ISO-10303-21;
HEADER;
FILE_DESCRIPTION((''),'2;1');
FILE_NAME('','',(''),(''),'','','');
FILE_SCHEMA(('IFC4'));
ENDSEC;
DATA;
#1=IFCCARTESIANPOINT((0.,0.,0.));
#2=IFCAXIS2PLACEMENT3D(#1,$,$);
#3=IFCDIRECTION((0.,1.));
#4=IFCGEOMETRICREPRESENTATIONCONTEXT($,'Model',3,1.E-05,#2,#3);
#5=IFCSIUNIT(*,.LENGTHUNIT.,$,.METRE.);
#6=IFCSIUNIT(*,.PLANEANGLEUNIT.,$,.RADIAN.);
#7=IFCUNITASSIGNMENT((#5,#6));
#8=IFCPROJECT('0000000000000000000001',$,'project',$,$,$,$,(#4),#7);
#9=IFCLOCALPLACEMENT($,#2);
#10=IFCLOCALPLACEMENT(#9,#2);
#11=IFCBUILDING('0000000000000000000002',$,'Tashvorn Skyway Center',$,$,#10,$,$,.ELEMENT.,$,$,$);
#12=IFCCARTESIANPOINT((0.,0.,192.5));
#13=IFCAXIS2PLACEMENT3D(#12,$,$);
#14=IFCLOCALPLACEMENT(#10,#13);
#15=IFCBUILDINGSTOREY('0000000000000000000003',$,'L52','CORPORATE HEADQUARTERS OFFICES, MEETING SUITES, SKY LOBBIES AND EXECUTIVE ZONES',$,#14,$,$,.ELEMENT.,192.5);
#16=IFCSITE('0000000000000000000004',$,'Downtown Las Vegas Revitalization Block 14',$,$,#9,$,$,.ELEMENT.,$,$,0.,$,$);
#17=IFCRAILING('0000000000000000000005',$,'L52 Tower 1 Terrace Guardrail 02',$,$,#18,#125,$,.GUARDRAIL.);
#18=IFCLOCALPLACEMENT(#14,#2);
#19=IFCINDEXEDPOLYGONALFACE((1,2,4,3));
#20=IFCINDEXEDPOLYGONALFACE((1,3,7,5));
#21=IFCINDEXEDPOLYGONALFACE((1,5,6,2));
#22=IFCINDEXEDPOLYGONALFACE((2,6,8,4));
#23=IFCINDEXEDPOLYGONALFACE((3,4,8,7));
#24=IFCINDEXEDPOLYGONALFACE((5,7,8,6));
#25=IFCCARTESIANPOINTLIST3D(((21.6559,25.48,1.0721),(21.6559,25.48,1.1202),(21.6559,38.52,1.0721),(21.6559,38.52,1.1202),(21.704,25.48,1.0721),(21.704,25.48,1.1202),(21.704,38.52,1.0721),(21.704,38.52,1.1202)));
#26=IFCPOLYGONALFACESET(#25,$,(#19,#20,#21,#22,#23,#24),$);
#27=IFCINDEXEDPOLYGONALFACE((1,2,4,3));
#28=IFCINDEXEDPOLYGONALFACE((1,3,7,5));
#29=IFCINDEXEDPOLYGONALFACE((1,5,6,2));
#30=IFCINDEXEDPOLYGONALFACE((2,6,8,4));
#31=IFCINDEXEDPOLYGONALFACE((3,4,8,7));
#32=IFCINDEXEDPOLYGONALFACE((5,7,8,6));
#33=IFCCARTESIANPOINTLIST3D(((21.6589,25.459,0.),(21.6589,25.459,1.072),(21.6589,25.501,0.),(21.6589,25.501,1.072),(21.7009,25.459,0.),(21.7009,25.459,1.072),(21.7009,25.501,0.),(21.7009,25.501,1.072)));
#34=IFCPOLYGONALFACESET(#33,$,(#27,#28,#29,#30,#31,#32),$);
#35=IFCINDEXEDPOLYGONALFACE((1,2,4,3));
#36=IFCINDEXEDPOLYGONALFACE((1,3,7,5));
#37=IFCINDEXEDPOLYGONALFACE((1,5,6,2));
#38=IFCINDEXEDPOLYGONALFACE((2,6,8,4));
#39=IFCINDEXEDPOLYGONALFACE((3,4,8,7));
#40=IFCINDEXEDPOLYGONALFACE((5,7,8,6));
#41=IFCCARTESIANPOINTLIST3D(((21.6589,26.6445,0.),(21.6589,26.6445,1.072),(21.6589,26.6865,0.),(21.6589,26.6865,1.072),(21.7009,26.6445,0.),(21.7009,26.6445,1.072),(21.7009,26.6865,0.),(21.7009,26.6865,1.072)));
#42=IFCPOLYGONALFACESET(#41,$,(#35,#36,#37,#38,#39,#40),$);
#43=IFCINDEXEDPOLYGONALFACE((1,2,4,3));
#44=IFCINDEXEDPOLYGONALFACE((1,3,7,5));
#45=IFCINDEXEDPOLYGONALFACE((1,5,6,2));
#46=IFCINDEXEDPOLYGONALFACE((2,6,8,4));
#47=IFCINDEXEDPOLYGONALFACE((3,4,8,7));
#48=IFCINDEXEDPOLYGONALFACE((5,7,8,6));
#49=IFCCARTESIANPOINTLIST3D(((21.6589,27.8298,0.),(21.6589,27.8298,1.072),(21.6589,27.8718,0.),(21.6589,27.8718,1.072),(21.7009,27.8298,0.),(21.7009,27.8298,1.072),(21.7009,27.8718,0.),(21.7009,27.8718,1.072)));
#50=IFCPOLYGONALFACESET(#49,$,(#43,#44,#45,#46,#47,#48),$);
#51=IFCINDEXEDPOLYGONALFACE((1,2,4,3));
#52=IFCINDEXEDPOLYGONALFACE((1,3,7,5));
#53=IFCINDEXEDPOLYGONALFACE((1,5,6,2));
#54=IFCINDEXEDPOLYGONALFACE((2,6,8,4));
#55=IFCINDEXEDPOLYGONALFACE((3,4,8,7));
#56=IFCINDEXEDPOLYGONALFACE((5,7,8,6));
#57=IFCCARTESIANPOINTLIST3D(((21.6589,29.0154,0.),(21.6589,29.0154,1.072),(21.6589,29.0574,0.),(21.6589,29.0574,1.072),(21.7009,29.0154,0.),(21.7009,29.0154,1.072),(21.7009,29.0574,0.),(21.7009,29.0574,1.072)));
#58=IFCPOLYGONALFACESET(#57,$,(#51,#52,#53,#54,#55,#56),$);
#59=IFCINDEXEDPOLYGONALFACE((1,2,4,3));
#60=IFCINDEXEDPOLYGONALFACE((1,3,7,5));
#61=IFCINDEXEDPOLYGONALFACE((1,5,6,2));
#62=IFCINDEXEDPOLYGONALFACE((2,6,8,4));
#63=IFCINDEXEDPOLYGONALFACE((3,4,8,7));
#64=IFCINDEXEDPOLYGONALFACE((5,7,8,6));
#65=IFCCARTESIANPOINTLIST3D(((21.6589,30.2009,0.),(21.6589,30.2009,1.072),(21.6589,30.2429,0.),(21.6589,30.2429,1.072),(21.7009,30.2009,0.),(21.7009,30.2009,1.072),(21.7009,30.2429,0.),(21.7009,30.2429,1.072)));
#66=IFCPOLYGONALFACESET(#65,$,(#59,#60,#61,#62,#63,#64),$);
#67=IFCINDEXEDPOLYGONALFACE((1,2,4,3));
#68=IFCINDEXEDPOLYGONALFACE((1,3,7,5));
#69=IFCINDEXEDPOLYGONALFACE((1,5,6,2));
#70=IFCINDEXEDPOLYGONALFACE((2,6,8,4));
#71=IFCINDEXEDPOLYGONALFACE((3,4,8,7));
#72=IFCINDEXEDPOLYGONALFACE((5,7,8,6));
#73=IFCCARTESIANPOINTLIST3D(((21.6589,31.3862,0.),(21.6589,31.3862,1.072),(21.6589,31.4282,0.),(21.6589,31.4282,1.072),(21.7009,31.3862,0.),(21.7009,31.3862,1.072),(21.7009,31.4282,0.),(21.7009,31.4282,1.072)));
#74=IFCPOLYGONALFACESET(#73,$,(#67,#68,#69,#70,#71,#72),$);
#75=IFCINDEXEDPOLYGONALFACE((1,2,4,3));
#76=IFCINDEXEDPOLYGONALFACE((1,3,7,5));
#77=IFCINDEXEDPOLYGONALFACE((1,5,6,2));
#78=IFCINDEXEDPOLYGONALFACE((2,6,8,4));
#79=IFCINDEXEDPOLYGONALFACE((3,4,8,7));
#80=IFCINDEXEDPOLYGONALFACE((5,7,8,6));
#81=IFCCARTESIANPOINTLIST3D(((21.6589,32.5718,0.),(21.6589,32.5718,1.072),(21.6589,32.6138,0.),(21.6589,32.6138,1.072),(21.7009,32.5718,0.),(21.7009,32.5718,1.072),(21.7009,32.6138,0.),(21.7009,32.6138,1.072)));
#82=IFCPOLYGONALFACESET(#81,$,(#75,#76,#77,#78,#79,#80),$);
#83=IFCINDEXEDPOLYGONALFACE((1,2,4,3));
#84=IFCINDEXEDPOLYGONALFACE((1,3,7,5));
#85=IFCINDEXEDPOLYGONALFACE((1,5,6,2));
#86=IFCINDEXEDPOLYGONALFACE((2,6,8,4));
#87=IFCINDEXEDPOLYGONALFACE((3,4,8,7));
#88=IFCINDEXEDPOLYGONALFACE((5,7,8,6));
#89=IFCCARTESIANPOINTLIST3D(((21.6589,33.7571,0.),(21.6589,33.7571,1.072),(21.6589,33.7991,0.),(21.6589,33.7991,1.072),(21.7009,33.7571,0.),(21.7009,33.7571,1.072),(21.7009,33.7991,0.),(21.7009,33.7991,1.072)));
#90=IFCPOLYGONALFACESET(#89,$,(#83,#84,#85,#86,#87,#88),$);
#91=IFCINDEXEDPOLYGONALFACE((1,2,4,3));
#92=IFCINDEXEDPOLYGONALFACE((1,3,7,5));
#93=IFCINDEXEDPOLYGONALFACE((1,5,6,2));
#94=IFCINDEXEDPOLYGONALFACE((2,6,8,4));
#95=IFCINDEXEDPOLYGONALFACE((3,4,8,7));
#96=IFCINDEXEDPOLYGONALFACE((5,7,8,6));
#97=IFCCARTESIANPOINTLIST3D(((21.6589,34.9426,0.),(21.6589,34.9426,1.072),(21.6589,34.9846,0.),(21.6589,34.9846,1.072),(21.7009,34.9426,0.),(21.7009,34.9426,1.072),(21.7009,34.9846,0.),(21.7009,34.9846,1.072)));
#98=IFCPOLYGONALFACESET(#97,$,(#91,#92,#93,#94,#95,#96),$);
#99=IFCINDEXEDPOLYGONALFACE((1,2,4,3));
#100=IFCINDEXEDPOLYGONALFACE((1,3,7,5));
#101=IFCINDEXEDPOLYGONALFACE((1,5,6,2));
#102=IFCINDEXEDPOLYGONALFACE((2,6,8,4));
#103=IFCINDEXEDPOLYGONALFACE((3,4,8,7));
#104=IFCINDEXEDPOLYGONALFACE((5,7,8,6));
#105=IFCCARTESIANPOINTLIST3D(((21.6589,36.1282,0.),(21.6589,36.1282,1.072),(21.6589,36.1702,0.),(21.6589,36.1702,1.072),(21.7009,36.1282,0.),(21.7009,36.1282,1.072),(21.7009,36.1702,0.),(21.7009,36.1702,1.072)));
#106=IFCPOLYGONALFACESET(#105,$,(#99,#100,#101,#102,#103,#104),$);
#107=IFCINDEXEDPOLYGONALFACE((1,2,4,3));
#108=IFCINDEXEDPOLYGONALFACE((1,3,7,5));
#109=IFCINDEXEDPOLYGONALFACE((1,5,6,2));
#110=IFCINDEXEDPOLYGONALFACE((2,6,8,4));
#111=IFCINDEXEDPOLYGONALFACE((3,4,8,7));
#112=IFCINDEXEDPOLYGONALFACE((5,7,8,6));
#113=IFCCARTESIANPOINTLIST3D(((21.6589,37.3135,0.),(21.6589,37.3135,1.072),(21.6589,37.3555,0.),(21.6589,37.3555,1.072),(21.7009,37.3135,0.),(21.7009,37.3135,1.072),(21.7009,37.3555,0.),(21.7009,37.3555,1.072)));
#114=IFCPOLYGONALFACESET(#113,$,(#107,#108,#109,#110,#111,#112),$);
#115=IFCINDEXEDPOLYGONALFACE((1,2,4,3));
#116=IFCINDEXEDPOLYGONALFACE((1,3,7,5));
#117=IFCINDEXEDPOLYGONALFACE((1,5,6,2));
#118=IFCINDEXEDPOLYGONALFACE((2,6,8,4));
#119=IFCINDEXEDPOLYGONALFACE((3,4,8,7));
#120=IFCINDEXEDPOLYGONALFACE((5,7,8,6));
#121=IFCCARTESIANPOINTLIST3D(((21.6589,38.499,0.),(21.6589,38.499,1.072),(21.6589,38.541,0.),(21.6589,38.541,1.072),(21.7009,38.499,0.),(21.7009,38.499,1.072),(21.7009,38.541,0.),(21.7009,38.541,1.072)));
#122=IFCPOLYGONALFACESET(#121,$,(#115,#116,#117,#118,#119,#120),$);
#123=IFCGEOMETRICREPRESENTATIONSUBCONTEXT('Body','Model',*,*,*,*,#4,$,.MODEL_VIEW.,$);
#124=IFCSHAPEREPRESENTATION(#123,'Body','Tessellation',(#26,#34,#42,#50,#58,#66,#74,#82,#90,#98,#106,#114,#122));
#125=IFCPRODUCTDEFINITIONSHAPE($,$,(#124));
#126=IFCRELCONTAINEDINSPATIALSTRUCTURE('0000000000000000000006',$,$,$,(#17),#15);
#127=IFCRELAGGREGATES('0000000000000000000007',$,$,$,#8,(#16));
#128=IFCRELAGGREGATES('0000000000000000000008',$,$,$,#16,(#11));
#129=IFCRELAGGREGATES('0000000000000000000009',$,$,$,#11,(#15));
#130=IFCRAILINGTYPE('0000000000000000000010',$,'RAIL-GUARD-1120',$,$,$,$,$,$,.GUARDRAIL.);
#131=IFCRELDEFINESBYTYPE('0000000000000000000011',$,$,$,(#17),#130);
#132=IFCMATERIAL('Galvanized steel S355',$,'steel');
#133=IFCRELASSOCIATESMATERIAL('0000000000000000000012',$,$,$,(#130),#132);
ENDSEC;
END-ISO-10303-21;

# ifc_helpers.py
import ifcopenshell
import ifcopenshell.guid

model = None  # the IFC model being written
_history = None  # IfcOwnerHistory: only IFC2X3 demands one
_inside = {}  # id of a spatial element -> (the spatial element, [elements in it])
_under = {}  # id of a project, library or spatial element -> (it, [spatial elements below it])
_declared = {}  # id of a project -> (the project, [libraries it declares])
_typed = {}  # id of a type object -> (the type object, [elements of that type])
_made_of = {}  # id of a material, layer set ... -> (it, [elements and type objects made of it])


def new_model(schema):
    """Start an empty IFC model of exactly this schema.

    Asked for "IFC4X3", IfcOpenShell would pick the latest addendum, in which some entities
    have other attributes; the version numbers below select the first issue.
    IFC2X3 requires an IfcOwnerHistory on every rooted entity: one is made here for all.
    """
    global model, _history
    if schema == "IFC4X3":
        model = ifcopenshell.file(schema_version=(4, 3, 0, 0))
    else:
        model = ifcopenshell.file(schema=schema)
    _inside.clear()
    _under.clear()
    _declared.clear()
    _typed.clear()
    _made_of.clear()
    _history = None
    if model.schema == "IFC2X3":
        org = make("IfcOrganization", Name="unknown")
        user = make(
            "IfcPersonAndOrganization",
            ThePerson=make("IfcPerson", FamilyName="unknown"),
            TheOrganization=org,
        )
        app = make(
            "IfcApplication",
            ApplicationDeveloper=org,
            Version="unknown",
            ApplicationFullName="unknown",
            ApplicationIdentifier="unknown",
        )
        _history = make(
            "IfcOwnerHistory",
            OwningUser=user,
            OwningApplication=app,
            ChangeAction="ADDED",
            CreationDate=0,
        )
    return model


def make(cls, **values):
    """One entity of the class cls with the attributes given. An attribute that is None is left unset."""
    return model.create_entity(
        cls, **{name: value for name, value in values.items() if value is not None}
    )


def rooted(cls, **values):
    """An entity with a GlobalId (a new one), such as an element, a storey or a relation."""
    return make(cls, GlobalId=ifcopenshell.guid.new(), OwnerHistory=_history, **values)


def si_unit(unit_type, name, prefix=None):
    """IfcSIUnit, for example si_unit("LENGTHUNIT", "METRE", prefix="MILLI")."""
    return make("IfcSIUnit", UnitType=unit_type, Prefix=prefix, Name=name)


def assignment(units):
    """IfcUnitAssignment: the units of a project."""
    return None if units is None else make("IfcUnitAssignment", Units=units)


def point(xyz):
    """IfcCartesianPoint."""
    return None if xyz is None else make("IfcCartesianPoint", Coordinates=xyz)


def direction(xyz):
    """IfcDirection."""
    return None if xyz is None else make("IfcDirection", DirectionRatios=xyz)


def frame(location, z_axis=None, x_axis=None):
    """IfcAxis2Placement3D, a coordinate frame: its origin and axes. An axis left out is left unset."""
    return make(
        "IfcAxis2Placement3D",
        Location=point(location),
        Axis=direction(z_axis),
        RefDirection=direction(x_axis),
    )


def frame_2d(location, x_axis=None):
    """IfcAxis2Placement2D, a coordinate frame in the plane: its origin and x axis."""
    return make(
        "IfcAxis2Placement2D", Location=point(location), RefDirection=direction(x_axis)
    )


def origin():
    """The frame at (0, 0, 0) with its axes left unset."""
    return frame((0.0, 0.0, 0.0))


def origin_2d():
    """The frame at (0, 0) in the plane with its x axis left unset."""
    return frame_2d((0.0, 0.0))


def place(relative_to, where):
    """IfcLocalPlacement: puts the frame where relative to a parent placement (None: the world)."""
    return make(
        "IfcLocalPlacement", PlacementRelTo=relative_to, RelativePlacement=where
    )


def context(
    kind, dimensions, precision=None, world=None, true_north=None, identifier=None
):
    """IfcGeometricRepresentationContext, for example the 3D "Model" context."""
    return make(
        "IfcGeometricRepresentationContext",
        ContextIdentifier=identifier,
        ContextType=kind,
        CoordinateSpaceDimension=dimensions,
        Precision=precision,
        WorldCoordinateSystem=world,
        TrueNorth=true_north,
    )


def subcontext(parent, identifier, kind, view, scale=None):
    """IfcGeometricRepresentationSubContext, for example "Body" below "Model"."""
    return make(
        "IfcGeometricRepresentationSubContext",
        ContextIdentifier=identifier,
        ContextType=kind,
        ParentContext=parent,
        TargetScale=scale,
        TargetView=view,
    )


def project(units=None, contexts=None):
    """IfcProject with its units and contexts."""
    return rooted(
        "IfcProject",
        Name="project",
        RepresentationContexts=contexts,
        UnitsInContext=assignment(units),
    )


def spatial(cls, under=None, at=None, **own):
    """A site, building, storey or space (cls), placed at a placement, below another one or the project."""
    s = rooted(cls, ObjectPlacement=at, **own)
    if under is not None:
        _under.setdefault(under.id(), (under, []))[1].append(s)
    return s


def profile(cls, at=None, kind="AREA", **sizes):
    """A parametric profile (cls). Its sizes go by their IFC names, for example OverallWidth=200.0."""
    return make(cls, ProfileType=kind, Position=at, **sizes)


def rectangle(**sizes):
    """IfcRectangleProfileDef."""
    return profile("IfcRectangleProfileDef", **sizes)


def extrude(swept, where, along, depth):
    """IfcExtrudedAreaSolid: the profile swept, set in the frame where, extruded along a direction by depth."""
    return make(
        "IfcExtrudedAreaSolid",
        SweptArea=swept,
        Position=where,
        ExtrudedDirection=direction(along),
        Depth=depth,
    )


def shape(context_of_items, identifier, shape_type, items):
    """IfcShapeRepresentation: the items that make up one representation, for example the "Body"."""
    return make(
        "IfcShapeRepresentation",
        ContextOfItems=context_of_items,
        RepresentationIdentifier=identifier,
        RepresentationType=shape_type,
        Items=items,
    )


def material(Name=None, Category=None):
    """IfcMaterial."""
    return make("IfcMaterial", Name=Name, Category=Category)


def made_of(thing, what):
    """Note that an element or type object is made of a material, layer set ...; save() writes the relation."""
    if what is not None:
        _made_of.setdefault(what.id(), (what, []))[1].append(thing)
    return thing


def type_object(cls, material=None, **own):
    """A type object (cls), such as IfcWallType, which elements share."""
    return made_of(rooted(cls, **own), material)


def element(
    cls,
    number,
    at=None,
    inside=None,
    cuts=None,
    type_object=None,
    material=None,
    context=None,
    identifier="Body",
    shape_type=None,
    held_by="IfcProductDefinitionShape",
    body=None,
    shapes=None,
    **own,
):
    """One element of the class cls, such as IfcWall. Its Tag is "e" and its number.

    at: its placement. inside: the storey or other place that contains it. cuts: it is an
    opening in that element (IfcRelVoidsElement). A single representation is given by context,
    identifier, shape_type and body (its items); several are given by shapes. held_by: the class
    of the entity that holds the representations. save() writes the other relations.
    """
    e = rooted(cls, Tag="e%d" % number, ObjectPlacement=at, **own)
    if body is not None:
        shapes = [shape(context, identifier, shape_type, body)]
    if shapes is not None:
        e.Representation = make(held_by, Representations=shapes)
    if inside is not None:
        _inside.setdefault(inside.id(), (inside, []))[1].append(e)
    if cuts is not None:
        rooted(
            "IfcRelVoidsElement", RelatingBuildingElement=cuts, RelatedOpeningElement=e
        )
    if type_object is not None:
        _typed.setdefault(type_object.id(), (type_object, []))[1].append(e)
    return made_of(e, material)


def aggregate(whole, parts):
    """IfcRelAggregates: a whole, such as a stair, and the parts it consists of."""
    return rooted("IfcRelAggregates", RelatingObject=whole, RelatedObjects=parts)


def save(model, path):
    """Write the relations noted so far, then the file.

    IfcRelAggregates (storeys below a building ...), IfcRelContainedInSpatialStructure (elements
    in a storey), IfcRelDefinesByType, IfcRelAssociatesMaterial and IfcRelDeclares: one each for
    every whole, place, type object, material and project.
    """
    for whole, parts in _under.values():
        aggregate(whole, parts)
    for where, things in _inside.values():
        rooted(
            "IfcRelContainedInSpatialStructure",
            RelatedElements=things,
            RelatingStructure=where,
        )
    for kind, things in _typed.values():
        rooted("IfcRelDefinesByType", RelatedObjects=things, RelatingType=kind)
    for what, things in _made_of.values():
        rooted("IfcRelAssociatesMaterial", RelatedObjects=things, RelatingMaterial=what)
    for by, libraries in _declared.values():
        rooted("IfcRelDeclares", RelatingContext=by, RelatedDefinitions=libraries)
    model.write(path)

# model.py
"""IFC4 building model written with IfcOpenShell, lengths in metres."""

from ifc_helpers import new_model, si_unit, direction, frame, origin, origin_2d, place, context, subcontext, project, spatial, rectangle, extrude, material, type_object, element, save


model = new_model("IFC4")

# Units and contexts
model_context = context("Model", 3, precision=1e-05, world=origin(), true_north=direction((0.0, 1.0)))
body_context = subcontext(model_context, "Body", "Model", "MODEL_VIEW")
ifc_project = project(units=[si_unit("LENGTHUNIT", "METRE"), si_unit("PLANEANGLEUNIT", "RADIAN")], contexts=[model_context])

# Site, building, storey
site_placement = place(None, origin())
site = spatial("IfcSite", under=ifc_project, at=site_placement, Name="Downtown Las Vegas Revitalization Block 14", CompositionType="ELEMENT", RefElevation=0.0)
building_placement = place(site_placement, origin())
building = spatial("IfcBuilding", under=site, at=building_placement, Name="Tashvorn Skyway Center", CompositionType="ELEMENT")
storey_placement = place(building_placement, frame((0.0, 0.0, 192.5)))
storey = spatial("IfcBuildingStorey", under=building, at=storey_placement, Name="L52", Description="CORPORATE HEADQUARTERS OFFICES, MEETING SUITES, SKY LOBBIES AND EXECUTIVE ZONES", CompositionType="ELEMENT", Elevation=192.5)

# Railing
ifc_material_1 = material(Name="Galvanized steel S355", Category="steel")
railing_type = type_object("IfcRailingType", Name="RAIL-GUARD-1120", PredefinedType="GUARDRAIL", material=ifc_material_1)
railing_1_placement = place(storey_placement, frame((21.6799, 25.48, 0.0)))
element("IfcRailing", 1, at=railing_1_placement, inside=storey, type_object=railing_type, Name="L52 Tower 1 Terrace Guardrail 02", PredefinedType="GUARDRAIL", context=body_context, shape_type="SweptSolid", body=[
    extrude(rectangle(XDim=0.0481, YDim=0.0481, at=origin_2d()), frame((0.0, 0.0, 1.0962), z_axis=(0.0, 1.0, 0.0), x_axis=(-1.0, 0.0, 0.0)), (0.0, 0.0, 1.0), 13.04),
    extrude(rectangle(XDim=0.042, YDim=0.042, at=origin_2d()), origin(), (0.0, 0.0, 1.0), 1.072),
    extrude(rectangle(XDim=0.042, YDim=0.042, at=origin_2d()), frame((0.0, 1.1855, 0.0)), (0.0, 0.0, 1.0), 1.072),
    extrude(rectangle(XDim=0.042, YDim=0.042, at=origin_2d()), frame((0.0, 2.3708, 0.0)), (0.0, 0.0, 1.0), 1.072),
    extrude(rectangle(XDim=0.042, YDim=0.042, at=origin_2d()), frame((0.0, 3.5564, 0.0)), (0.0, 0.0, 1.0), 1.072),
    extrude(rectangle(XDim=0.042, YDim=0.042, at=origin_2d()), frame((0.0, 4.7419, 0.0)), (0.0, 0.0, 1.0), 1.072),
    extrude(rectangle(XDim=0.042, YDim=0.042, at=origin_2d()), frame((0.0, 5.9272, 0.0)), (0.0, 0.0, 1.0), 1.072),
    extrude(rectangle(XDim=0.042, YDim=0.042, at=origin_2d()), frame((0.0, 7.1128, 0.0)), (0.0, 0.0, 1.0), 1.072),
    extrude(rectangle(XDim=0.042, YDim=0.042, at=origin_2d()), frame((0.0, 8.2981, 0.0)), (0.0, 0.0, 1.0), 1.072),
    extrude(rectangle(XDim=0.042, YDim=0.042, at=origin_2d()), frame((0.0, 9.4836, 0.0)), (0.0, 0.0, 1.0), 1.072),
    extrude(rectangle(XDim=0.042, YDim=0.042, at=origin_2d()), frame((0.0, 10.6692, 0.0)), (0.0, 0.0, 1.0), 1.072),
    extrude(rectangle(XDim=0.042, YDim=0.042, at=origin_2d()), frame((0.0, 11.8545, 0.0)), (0.0, 0.0, 1.0), 1.072),
    extrude(rectangle(XDim=0.042, YDim=0.042, at=origin_2d()), frame((0.0, 13.04, 0.0)), (0.0, 0.0, 1.0), 1.072),
])

save(model, "model.ifc")
